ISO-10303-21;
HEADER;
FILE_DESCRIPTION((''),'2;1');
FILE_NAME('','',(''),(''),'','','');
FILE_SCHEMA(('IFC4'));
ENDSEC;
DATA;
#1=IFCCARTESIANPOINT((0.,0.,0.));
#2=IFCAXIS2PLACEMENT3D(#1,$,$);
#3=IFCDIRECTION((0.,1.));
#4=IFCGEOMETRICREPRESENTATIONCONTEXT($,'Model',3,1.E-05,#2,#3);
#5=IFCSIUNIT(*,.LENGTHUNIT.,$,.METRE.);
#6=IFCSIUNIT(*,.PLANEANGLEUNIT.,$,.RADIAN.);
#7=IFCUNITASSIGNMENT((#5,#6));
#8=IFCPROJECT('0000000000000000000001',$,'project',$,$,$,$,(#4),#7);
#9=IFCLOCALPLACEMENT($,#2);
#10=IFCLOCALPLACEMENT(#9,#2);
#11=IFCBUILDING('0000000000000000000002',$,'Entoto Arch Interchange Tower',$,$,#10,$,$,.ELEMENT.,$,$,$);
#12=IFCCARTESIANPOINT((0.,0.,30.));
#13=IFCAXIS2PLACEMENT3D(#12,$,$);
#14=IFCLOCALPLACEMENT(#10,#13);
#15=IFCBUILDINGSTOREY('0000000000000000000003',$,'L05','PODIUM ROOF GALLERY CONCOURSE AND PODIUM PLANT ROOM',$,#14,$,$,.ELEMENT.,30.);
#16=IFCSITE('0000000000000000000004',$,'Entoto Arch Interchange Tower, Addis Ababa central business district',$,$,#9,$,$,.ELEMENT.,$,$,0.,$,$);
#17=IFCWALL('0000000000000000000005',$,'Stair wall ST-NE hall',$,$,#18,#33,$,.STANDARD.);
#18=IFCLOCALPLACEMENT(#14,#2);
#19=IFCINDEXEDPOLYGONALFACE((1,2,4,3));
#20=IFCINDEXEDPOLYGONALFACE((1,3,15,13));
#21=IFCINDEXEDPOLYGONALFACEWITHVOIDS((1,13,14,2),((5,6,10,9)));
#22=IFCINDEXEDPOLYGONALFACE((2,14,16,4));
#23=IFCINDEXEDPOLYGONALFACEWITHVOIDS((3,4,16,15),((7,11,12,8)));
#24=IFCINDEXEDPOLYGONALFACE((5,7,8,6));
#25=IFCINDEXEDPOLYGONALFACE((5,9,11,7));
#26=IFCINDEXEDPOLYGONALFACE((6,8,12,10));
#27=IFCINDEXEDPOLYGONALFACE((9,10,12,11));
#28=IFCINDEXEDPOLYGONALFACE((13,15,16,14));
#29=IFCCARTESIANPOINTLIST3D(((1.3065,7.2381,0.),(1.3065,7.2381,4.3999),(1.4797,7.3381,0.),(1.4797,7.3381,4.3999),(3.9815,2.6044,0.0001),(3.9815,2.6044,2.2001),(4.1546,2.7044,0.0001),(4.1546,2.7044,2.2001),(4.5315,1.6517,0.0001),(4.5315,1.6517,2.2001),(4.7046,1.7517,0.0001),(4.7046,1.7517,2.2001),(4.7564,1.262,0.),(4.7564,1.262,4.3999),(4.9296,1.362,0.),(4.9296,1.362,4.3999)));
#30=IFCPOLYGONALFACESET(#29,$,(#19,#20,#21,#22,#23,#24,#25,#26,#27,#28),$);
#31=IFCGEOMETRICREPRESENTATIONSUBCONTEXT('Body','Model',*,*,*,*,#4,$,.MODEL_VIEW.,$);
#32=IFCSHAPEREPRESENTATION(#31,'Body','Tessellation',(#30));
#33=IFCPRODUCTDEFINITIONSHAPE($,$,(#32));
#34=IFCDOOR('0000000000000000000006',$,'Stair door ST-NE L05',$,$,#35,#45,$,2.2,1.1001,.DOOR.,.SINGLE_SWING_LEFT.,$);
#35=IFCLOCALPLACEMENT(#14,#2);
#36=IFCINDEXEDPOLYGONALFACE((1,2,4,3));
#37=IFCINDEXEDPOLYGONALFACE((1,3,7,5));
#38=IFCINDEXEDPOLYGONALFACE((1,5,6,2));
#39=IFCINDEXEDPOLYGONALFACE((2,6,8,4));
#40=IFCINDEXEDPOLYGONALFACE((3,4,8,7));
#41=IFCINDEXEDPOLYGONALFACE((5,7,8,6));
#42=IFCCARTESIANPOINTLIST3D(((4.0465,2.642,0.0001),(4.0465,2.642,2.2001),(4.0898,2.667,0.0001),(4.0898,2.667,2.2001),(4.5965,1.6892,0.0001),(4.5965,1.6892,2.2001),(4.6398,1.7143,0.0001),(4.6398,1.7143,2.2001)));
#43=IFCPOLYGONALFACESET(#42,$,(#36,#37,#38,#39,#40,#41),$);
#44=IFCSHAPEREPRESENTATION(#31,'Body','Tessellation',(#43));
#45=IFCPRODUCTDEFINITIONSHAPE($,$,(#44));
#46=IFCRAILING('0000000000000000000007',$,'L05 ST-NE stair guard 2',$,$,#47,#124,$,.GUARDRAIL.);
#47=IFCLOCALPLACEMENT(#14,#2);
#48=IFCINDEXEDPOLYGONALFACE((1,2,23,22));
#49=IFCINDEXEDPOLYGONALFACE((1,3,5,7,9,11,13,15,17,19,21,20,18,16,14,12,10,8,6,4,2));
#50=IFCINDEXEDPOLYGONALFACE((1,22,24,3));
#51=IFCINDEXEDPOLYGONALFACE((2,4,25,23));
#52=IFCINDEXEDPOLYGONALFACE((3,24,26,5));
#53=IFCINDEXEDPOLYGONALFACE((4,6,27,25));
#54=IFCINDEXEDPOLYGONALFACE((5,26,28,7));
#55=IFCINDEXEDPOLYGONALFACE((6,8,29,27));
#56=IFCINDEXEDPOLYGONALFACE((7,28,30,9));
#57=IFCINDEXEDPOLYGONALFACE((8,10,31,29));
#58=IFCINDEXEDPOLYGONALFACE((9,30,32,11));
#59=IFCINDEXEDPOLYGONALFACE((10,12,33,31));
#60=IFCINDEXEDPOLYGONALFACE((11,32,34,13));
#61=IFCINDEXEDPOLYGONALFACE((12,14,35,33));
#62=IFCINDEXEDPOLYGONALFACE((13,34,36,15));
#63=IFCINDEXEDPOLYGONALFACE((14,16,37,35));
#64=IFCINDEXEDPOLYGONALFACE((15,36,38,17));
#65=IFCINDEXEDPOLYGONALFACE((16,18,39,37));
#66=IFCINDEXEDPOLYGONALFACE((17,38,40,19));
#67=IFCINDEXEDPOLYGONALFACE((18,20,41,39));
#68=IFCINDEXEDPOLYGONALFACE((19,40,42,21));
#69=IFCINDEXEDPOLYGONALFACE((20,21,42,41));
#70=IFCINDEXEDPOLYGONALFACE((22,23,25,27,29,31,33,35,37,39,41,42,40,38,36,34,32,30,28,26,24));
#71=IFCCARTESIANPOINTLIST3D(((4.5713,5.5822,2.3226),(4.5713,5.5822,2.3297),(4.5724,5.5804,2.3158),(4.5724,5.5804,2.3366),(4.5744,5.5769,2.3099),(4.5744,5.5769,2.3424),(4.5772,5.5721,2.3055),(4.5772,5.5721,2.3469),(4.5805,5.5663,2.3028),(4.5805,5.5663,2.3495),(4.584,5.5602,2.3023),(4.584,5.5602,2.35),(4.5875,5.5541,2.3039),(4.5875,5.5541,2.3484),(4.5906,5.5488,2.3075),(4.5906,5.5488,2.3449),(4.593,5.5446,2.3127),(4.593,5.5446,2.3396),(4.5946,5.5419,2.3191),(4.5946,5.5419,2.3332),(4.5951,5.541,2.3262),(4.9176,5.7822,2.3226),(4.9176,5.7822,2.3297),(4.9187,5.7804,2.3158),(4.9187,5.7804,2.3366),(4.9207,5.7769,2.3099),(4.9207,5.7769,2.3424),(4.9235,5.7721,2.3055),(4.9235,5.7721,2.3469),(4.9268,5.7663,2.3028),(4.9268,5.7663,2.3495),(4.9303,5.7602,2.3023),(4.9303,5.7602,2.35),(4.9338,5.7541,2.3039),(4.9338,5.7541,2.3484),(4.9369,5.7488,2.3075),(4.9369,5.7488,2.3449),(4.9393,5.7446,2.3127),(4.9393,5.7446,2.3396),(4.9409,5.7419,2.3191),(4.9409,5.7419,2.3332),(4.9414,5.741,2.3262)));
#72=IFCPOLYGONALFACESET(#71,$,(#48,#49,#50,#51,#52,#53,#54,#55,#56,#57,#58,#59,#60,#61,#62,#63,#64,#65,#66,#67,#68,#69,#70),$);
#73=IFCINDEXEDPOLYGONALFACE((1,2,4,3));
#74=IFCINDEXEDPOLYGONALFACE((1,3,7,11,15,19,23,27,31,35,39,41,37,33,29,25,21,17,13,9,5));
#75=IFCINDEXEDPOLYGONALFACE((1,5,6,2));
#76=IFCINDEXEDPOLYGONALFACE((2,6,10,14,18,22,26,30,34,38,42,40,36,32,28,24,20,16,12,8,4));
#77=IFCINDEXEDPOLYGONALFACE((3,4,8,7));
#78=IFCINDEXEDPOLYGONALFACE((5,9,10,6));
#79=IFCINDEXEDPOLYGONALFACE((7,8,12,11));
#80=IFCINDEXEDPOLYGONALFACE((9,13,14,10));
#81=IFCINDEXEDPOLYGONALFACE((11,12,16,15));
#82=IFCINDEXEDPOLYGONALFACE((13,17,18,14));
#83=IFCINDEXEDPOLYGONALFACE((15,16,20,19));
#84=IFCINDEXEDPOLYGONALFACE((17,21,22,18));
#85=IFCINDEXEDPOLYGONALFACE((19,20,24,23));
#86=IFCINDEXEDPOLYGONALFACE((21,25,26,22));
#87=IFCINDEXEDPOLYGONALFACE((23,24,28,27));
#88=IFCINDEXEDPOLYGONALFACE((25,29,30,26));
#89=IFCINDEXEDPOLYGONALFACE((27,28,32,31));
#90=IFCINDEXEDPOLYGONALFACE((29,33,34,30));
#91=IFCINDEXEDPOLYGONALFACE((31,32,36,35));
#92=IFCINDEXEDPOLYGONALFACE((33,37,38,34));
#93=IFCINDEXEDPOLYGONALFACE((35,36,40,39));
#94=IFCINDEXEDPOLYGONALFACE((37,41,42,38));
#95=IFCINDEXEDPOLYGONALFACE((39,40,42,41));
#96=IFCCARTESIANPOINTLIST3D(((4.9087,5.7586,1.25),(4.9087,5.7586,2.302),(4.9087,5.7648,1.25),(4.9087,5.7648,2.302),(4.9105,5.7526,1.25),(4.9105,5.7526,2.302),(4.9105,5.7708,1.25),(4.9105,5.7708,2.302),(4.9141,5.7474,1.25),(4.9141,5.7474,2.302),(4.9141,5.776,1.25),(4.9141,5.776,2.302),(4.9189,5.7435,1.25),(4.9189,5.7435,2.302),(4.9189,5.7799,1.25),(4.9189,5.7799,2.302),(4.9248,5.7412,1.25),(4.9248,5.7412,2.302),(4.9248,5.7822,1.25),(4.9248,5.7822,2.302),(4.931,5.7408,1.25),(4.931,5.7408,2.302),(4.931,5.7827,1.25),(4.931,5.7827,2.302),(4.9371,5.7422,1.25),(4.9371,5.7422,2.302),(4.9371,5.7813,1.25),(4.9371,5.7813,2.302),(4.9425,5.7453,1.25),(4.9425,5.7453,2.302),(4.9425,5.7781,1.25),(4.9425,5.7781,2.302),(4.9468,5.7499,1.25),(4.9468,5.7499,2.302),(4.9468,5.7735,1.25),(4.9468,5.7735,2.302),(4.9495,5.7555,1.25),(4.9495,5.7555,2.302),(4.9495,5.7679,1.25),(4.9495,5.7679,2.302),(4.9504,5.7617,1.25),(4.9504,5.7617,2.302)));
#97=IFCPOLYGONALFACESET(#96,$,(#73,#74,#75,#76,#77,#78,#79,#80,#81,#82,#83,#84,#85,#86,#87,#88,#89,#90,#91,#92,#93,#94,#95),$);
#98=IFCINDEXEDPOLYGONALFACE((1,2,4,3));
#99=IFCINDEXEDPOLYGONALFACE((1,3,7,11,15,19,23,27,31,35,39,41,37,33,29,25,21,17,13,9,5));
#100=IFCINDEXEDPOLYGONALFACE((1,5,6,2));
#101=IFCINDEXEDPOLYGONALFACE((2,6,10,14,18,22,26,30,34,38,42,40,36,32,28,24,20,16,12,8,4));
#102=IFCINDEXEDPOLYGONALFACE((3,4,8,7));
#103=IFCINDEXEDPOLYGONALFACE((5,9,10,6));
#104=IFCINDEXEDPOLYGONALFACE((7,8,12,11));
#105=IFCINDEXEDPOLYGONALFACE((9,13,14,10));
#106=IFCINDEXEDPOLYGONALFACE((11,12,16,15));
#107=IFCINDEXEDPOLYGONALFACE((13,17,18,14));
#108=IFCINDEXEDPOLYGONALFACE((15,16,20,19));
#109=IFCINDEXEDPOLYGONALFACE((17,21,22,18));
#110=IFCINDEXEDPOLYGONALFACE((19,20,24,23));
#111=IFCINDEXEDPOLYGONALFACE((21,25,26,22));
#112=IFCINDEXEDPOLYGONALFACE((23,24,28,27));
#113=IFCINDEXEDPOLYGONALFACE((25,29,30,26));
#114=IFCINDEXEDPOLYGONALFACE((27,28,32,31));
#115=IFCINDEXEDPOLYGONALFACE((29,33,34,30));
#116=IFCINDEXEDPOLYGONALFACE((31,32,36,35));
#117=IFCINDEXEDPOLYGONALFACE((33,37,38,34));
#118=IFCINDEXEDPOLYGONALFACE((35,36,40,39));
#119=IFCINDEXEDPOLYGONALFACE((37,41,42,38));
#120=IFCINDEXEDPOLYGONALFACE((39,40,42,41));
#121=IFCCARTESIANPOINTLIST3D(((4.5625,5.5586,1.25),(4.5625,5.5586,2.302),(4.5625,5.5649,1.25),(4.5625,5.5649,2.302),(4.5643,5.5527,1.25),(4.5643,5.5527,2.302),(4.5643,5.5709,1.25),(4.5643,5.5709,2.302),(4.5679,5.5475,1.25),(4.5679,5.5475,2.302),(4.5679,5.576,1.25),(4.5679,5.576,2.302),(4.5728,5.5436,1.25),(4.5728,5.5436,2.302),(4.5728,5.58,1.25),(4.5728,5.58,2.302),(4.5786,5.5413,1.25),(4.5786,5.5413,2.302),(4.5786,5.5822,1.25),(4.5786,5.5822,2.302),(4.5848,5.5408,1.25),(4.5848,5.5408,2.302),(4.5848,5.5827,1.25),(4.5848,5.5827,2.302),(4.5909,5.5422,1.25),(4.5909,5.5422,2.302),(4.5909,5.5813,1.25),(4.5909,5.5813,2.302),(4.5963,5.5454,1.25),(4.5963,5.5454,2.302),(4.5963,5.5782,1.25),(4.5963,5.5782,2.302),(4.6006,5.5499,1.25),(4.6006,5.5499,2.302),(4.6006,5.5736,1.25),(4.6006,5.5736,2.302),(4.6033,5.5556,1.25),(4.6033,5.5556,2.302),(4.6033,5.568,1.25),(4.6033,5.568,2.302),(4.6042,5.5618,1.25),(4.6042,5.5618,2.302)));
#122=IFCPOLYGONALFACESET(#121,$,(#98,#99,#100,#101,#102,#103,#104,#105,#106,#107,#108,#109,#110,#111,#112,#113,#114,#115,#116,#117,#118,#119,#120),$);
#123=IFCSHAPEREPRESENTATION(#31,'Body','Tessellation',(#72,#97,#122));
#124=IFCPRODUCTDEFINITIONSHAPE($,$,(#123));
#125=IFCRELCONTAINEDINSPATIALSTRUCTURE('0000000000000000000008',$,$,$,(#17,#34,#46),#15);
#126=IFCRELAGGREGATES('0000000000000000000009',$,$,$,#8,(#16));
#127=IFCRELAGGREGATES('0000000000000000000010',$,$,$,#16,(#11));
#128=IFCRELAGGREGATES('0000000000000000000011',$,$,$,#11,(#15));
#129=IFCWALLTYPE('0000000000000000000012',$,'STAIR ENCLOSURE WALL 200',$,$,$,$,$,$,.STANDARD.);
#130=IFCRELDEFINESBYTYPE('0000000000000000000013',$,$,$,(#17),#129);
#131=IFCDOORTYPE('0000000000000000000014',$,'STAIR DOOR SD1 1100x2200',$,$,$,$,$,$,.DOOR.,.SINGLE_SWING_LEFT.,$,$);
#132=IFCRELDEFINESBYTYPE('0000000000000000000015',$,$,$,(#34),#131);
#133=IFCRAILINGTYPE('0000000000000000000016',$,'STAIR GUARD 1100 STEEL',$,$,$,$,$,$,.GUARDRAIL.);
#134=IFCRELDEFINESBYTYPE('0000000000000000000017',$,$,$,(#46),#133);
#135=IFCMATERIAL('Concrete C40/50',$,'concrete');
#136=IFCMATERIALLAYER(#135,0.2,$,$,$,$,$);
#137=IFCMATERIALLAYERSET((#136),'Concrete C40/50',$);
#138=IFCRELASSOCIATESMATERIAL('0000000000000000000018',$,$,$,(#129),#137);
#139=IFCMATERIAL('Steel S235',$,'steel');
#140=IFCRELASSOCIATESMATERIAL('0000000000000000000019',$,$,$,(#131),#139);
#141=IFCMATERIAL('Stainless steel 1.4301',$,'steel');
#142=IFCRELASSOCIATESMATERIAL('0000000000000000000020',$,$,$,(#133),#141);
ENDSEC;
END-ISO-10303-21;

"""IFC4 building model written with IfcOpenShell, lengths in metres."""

from ifc_helpers import new_model, si_unit, direction, frame, frame_2d, origin, origin_2d, place, context, subcontext, project, spatial, rectangle, circle, extrude, material, layer, layer_set, type_object, element, fill, save


model = new_model("IFC4")

# Units and contexts
model_context = context("Model", 3, precision=1e-05, world=origin(), true_north=direction((0.0, 1.0)))
body_context = subcontext(model_context, "Body", "Model", "MODEL_VIEW")
ifc_project = project(units=[si_unit("LENGTHUNIT", "METRE"), si_unit("PLANEANGLEUNIT", "RADIAN")], contexts=[model_context])

# Site, building, storey
site_placement = place(None, origin())
site = spatial("IfcSite", under=ifc_project, at=site_placement, Name="Entoto Arch Interchange Tower, Addis Ababa central business district", CompositionType="ELEMENT", RefElevation=0.0)
building_placement = place(site_placement, origin())
building = spatial("IfcBuilding", under=site, at=building_placement, Name="Entoto Arch Interchange Tower", CompositionType="ELEMENT")
storey_placement = place(building_placement, frame((0.0, 0.0, 30.0)))
storey = spatial("IfcBuildingStorey", under=building, at=storey_placement, Name="L05", Description="PODIUM ROOF GALLERY CONCOURSE AND PODIUM PLANT ROOM", CompositionType="ELEMENT", Elevation=30.0)

# Shared definitions
ifc_material_1 = material(Name="Concrete C40/50", Category="concrete")

# Shared definitions
ifc_layer_1 = layer(ifc_material_1, 0.2)
ifc_layer_set_1 = layer_set([ifc_layer_1], Name="Concrete C40/50")
wall_type_1 = type_object("IfcWallType", Name="STAIR ENCLOSURE WALL 200", PredefinedType="STANDARD", material=ifc_layer_set_1)
ifc_material_2 = material(Name="Steel S235", Category="steel")
door_type = type_object("IfcDoorType", Name="STAIR DOOR SD1 1100x2200", OperationType="SINGLE_SWING_LEFT", PredefinedType="DOOR", material=ifc_material_2)

# Wall, opening, door
wall_1_placement = place(storey_placement, frame((4.843, 1.312, 0.0), z_axis=(0.0, 0.0, 1.0), x_axis=(-0.499963, 0.866047, 0.0)))
wall_1 = element("IfcWall", 1, at=wall_1_placement, inside=storey, type_object=wall_type_1, Name="Stair wall ST-NE hall", PredefinedType="STANDARD", context=body_context, shape_type="SweptSolid", body=[
    extrude(rectangle(XDim=6.9004, YDim=0.2, at=frame_2d((3.4502, 0.0))), origin(), (0.0, 0.0, 1.0), 4.3999),
])
opening_1_placement = place(wall_1_placement, frame((0.45, 0.0, 0.0)))
opening_1 = element("IfcOpeningElement", 2, at=opening_1_placement, cuts=wall_1, PredefinedType="OPENING", context=body_context, shape_type="SweptSolid", body=[
    extrude(rectangle(XDim=1.1001, YDim=2.2, at=frame_2d((0.55, 1.1001))), frame((0.0, 0.1099, 0.0), z_axis=(0.0, -1.0, 0.0), x_axis=(1.0, 0.0, 0.0)), (0.0, 0.0, 1.0), 0.22),
])
door_1_placement = place(opening_1_placement, origin())
door_1 = element("IfcDoor", 3, at=door_1_placement, inside=storey, type_object=door_type, Name="Stair door ST-NE L05", OperationType="SINGLE_SWING_LEFT", OverallHeight=2.2, OverallWidth=1.1001, PredefinedType="DOOR", context=body_context, shape_type="SweptSolid", body=[
    extrude(rectangle(XDim=1.1001, YDim=2.2, at=frame_2d((0.55, 1.1001))), frame((0.0, 0.0249, 0.0), z_axis=(0.0, -1.0, 0.0), x_axis=(1.0, 0.0, 0.0)), (0.0, 0.0, 1.0), 0.05),
])
fill(opening_1, door_1)

# Railing
ifc_material_3 = material(Name="Stainless steel 1.4301", Category="steel")
railing_type_1 = type_object("IfcRailingType", Name="STAIR GUARD 1100 STEEL", PredefinedType="GUARDRAIL", material=ifc_material_3)
railing_1_placement = place(storey_placement, frame((4.9294, 5.7617, 1.25)))
element("IfcRailing", 4, at=railing_1_placement, inside=storey, type_object=railing_type_1, Name="L05 ST-NE stair guard 2", PredefinedType="GUARDRAIL", context=body_context, shape_type="SweptSolid", body=[
    extrude(circle(Radius=0.0239, at=origin_2d()), frame((0.0, 0.0, 1.0762), z_axis=(-0.865941, -0.500145, 0.0), x_axis=(0.500145, -0.865941, 0.0)), (0.0, 0.0, 1.0), 0.3999),
    extrude(circle(Radius=0.021, at=origin_2d()), origin(), (0.0, 0.0, 1.0), 1.052),
    extrude(circle(Radius=0.021, at=origin_2d()), frame((-0.3462, -0.2, 0.0)), (0.0, 0.0, 1.0), 1.052),
])

save(model, "model.ifc")
